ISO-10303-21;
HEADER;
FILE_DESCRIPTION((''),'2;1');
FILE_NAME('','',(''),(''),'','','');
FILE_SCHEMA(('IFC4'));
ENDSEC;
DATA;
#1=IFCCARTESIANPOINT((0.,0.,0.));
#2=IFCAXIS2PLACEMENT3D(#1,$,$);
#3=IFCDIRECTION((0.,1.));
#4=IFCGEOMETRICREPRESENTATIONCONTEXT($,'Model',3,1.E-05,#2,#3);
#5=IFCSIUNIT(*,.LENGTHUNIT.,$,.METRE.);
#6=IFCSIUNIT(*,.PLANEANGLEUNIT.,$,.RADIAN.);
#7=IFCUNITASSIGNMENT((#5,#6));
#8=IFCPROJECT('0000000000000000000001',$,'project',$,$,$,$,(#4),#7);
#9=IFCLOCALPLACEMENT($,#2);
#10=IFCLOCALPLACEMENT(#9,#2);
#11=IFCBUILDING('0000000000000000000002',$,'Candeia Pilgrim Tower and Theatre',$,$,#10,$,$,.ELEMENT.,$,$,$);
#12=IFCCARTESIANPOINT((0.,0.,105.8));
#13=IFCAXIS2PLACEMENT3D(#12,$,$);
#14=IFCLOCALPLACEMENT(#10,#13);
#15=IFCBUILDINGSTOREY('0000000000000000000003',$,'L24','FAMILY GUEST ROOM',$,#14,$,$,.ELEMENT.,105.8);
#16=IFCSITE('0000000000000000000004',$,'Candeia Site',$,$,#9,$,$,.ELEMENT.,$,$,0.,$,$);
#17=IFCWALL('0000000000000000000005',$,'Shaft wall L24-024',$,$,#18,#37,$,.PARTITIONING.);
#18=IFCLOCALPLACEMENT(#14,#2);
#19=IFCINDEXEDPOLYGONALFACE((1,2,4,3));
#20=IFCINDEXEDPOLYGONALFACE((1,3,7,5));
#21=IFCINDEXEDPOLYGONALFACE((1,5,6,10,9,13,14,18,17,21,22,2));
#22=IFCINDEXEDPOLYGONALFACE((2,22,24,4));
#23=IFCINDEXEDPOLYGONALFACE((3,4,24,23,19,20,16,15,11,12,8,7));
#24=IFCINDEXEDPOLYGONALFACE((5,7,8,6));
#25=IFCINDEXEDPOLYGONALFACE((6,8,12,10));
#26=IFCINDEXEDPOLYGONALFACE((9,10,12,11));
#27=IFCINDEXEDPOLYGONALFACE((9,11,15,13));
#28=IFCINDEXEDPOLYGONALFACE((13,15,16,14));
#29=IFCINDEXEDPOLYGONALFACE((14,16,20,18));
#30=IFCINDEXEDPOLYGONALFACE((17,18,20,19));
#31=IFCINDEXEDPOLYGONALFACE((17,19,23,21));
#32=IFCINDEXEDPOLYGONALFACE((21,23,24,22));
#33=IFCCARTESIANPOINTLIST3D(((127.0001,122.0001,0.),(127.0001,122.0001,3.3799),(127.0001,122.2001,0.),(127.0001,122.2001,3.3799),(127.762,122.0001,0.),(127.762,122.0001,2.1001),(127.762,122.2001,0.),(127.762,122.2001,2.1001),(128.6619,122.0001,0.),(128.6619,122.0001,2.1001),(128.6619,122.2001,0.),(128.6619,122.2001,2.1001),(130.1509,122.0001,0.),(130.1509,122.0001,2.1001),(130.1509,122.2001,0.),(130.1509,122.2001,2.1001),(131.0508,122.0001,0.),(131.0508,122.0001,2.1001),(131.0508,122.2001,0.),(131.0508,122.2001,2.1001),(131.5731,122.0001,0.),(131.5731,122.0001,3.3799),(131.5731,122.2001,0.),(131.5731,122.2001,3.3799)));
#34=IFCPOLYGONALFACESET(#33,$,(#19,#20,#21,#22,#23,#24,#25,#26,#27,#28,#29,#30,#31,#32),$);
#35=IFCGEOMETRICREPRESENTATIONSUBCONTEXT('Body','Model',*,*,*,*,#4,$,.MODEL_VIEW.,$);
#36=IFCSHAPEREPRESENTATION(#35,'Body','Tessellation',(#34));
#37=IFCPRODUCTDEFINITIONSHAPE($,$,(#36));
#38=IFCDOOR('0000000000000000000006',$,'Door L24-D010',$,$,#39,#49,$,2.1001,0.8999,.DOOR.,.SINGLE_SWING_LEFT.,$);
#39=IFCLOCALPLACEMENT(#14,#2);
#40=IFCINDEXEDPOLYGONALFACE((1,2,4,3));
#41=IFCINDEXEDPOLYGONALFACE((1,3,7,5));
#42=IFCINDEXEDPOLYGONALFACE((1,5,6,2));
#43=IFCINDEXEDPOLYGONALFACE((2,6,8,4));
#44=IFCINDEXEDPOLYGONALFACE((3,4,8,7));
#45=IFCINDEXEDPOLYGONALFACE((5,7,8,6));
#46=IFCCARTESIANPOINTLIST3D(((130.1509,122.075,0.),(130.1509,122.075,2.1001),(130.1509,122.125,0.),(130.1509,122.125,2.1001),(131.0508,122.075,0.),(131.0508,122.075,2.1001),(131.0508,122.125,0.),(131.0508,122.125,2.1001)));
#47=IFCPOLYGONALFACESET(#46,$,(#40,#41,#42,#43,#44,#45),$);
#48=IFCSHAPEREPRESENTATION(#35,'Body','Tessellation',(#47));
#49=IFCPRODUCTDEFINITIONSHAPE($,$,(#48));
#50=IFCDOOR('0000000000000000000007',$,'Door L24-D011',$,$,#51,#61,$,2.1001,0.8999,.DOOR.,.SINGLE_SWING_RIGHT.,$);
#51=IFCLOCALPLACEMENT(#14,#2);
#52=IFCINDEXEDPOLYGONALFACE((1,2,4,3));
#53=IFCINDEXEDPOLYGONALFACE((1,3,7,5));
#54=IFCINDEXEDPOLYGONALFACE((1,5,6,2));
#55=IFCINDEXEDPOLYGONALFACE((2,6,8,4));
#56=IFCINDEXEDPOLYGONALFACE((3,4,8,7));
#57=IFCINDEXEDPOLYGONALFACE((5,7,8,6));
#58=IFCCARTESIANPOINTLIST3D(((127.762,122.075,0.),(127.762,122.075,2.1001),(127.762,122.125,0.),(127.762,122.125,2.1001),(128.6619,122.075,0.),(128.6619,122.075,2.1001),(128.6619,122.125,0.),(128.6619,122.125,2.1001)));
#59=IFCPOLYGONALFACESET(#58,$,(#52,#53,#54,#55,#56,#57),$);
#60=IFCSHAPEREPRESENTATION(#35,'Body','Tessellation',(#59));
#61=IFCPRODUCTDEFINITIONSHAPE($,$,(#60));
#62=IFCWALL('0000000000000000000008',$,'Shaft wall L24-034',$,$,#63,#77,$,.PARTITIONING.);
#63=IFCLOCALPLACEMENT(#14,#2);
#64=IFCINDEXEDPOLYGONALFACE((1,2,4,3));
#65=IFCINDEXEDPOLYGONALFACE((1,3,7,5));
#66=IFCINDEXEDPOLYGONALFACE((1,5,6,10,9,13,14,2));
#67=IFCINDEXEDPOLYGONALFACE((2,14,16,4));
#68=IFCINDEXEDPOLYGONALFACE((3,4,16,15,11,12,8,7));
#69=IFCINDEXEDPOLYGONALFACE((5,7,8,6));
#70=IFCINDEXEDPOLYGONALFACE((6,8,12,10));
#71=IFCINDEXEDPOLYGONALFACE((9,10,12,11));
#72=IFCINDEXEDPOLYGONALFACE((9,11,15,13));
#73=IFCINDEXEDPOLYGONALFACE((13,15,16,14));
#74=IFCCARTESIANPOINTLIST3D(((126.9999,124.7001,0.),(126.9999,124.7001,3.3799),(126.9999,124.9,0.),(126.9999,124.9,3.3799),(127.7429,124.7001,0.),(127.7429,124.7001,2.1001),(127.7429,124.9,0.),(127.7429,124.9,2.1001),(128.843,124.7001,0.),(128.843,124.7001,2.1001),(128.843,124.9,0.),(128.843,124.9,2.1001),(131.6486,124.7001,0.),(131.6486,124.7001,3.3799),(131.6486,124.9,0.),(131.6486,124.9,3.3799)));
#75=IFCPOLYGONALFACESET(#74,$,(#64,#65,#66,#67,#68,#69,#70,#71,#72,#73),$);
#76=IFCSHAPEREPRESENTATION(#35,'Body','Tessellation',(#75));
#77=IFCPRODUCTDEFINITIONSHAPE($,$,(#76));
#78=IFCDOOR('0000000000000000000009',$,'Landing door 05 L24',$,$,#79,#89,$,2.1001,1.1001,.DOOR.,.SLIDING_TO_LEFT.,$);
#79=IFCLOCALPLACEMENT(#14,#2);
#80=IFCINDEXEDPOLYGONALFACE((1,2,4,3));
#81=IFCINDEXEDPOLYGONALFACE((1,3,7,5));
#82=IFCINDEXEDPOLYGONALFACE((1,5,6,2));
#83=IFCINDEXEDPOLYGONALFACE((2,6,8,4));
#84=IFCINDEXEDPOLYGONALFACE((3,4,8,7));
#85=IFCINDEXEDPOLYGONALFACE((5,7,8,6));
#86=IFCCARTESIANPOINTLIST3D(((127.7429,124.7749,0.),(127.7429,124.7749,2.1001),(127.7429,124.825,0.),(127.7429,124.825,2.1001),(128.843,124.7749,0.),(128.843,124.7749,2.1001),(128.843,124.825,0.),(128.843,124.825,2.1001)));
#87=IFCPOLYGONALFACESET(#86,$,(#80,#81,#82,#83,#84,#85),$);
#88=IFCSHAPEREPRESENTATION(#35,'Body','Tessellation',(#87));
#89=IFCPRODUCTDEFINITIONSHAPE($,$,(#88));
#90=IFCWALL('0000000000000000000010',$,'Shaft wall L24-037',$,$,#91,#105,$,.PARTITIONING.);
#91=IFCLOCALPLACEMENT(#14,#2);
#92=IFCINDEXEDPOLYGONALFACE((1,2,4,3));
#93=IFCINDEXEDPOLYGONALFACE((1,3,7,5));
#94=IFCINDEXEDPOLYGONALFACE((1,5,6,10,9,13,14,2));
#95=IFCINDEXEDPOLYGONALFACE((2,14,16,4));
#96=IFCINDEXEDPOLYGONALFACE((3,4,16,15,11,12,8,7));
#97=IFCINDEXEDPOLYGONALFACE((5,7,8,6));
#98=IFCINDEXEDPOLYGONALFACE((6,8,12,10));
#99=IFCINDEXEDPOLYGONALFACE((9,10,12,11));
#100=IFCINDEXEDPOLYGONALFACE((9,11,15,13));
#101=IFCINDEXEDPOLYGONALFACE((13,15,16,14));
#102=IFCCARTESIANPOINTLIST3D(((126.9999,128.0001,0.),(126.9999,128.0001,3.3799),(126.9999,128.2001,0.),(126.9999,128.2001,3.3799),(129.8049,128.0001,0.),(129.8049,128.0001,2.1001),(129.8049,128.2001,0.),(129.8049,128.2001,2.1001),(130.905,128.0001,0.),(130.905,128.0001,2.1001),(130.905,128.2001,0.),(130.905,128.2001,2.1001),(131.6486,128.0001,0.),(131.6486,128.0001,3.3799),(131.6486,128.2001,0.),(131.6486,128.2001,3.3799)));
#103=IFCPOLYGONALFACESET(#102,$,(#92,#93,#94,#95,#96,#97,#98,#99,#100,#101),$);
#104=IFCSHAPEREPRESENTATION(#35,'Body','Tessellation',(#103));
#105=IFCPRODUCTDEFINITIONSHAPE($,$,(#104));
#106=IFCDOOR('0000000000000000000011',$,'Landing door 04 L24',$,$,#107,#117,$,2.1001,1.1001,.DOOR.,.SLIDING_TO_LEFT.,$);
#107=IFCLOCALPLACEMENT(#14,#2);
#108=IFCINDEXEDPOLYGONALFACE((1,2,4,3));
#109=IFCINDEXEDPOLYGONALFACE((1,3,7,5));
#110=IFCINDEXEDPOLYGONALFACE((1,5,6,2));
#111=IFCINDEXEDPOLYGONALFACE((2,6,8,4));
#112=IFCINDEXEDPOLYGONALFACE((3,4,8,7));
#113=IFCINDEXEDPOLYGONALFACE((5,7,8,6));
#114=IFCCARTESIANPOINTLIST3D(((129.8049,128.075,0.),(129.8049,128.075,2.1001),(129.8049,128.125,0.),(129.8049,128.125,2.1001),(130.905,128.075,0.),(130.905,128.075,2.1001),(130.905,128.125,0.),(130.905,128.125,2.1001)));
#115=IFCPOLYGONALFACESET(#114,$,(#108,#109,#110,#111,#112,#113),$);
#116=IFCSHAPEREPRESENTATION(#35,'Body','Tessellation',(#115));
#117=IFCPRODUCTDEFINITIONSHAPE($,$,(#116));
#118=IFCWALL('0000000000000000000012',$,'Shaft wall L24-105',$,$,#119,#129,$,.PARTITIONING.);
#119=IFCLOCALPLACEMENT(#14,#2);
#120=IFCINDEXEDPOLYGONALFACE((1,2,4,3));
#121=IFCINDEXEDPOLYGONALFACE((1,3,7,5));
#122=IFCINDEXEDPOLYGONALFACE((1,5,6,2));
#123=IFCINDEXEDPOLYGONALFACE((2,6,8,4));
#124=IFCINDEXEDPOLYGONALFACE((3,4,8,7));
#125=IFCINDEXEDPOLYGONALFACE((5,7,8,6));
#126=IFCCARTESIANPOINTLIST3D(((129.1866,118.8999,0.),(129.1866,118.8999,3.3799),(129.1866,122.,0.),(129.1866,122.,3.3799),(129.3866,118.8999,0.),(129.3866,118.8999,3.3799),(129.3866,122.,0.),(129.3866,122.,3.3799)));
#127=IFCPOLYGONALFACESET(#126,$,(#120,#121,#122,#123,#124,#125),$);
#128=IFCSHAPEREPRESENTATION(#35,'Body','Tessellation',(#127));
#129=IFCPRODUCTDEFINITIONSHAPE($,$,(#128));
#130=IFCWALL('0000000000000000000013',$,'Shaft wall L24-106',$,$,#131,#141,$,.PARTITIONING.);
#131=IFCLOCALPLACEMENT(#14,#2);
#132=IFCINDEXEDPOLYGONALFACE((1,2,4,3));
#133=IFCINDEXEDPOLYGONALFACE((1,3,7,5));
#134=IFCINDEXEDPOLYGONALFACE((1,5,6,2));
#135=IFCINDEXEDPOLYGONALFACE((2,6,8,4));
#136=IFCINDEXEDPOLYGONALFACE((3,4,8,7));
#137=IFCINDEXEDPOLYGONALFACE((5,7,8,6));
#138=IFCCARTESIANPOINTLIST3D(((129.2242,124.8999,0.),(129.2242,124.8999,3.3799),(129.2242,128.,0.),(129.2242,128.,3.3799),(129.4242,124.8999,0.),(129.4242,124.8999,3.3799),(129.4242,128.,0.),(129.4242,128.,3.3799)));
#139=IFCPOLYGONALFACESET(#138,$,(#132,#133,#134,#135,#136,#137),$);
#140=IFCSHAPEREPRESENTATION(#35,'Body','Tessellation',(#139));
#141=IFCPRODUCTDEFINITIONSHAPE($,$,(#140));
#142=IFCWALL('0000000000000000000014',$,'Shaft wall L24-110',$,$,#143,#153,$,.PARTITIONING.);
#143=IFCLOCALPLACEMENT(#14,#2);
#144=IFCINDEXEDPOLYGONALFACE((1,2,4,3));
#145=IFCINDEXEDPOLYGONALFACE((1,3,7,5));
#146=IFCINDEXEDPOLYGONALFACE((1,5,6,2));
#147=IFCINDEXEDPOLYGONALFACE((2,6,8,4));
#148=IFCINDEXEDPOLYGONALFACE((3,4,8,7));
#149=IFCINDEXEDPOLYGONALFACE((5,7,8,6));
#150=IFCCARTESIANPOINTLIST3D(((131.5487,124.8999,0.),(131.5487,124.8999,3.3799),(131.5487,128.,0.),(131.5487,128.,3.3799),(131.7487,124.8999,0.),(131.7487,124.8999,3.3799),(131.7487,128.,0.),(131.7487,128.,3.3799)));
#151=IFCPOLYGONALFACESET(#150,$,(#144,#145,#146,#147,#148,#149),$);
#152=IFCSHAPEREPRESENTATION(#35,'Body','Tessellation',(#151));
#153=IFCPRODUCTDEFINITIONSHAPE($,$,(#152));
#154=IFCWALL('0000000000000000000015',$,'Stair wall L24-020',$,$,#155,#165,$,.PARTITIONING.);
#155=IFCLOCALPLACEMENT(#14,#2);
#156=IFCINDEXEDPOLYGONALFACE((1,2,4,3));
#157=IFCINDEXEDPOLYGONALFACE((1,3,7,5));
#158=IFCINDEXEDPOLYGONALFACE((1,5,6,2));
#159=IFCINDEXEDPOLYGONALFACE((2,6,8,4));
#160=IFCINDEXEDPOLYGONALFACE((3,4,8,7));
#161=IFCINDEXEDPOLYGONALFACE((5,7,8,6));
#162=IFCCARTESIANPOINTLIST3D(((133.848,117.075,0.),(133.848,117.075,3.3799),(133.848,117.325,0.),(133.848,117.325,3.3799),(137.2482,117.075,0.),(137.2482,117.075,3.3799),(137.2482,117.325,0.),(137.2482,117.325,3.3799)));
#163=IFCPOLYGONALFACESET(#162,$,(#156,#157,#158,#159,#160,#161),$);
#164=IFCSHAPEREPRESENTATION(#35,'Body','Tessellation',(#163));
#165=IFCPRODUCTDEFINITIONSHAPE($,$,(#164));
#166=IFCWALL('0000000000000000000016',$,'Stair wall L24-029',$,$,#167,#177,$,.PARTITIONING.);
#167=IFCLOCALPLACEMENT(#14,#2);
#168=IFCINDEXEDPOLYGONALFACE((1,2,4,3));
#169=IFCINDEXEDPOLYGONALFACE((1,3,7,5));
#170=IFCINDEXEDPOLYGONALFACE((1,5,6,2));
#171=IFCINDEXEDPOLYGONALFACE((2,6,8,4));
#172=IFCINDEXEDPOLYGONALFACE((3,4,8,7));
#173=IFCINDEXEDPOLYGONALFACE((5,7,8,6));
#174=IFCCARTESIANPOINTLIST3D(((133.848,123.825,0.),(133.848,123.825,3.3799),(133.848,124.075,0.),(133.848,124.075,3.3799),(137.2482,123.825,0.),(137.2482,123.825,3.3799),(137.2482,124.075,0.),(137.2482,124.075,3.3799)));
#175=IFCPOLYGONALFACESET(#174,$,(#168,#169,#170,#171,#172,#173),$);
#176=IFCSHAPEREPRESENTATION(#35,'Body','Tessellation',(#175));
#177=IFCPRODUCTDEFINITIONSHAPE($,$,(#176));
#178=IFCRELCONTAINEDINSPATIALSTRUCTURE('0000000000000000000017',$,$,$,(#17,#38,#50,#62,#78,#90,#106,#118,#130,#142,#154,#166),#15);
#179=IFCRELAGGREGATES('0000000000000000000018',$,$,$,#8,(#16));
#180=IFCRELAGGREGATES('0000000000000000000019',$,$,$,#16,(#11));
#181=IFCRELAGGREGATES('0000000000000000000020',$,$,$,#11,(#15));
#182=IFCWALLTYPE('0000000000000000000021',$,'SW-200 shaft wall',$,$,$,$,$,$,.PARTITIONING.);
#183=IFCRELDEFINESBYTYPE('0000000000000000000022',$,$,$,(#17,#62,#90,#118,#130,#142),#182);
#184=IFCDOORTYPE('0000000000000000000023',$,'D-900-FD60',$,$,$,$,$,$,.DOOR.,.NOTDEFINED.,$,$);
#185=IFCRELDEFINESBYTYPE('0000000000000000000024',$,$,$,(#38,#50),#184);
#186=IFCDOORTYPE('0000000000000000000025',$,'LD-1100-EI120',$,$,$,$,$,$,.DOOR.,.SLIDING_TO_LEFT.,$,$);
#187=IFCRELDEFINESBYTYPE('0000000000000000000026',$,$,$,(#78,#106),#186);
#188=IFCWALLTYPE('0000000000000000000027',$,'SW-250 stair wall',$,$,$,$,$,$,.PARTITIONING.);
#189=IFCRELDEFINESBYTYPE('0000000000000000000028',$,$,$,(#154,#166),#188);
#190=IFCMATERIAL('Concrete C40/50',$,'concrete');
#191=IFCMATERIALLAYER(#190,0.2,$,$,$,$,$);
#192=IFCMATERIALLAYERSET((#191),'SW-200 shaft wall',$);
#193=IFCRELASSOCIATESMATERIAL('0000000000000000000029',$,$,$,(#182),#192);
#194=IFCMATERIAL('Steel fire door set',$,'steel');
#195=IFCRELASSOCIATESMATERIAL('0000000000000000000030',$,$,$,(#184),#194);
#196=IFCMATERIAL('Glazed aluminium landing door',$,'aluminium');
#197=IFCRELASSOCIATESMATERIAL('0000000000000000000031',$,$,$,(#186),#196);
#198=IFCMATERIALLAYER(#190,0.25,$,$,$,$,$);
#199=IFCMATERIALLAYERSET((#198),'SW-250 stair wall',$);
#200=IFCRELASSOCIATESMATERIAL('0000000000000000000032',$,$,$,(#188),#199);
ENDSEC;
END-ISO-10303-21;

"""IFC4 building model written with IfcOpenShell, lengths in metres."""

from ifc_helpers import new_model, si_unit, direction, frame, frame_2d, origin, place, context, subcontext, project, spatial, rectangle, extrude, material, layer, layer_set, type_object, element, fill, save


model = new_model("IFC4")

# Units and contexts
model_context = context("Model", 3, precision=1e-05, world=origin(), true_north=direction((0.0, 1.0)))
body_context = subcontext(model_context, "Body", "Model", "MODEL_VIEW")
ifc_project = project(units=[si_unit("LENGTHUNIT", "METRE"), si_unit("PLANEANGLEUNIT", "RADIAN")], contexts=[model_context])

# Site, building, storey
site_placement = place(None, origin())
site = spatial("IfcSite", under=ifc_project, at=site_placement, Name="Candeia Site", CompositionType="ELEMENT", RefElevation=0.0)
building_placement = place(site_placement, origin())
building = spatial("IfcBuilding", under=site, at=building_placement, Name="Candeia Pilgrim Tower and Theatre", CompositionType="ELEMENT")
storey_placement = place(building_placement, frame((0.0, 0.0, 105.8)))
storey = spatial("IfcBuildingStorey", under=building, at=storey_placement, Name="L24", Description="FAMILY GUEST ROOM", CompositionType="ELEMENT", Elevation=105.8)

# Shared definitions
ifc_material_1 = material(Name="Steel fire door set", Category="steel")

# Shared definitions
ifc_material_2 = material(Name="Concrete C40/50", Category="concrete")
ifc_layer_1 = layer(ifc_material_2, 0.2)
ifc_layer_set_1 = layer_set([ifc_layer_1], Name="SW-200 shaft wall")
wall_type_1 = type_object("IfcWallType", Name="SW-200 shaft wall", PredefinedType="PARTITIONING", material=ifc_layer_set_1)

# Wall, openings, doors
wall_1_placement = place(storey_placement, frame((127.0, 122.1001, 0.0), z_axis=(0.0, 0.0, 1.0), x_axis=(1.0, 0.0, 0.0)))
wall_1 = element("IfcWall", 1, at=wall_1_placement, inside=storey, type_object=wall_type_1, Name="Shaft wall L24-024", PredefinedType="PARTITIONING", context=body_context, shape_type="SweptSolid", body=[
    extrude(rectangle(XDim=4.573, YDim=0.2, at=frame_2d((2.2866, 0.0))), origin(), (0.0, 0.0, 1.0), 3.3799),
])
opening_1_placement = place(wall_1_placement, frame((3.1509, 0.0, 0.0)))
opening_1 = element("IfcOpeningElement", 2, at=opening_1_placement, cuts=wall_1, PredefinedType="OPENING", context=body_context, shape_type="SweptSolid", body=[
    extrude(rectangle(XDim=0.8999, YDim=2.1001, at=frame_2d((0.45, 1.05))), frame((0.0, 0.1099, 0.0), z_axis=(0.0, -1.0, 0.0), x_axis=(1.0, 0.0, 0.0)), (0.0, 0.0, 1.0), 0.22),
])
opening_2_placement = place(wall_1_placement, frame((0.762, 0.0, 0.0)))
opening_2 = element("IfcOpeningElement", 3, at=opening_2_placement, cuts=wall_1, PredefinedType="OPENING", context=body_context, shape_type="SweptSolid", body=[
    extrude(rectangle(XDim=0.8999, YDim=2.1001, at=frame_2d((0.45, 1.05))), frame((0.0, 0.1099, 0.0), z_axis=(0.0, -1.0, 0.0), x_axis=(1.0, 0.0, 0.0)), (0.0, 0.0, 1.0), 0.22),
])
door_type_1 = type_object("IfcDoorType", Name="D-900-FD60", OperationType="NOTDEFINED", PredefinedType="DOOR", material=ifc_material_1)
door_1_placement = place(opening_1_placement, origin())
door_1 = element("IfcDoor", 4, at=door_1_placement, inside=storey, type_object=door_type_1, Name="Door L24-D010", OperationType="SINGLE_SWING_LEFT", OverallHeight=2.1001, OverallWidth=0.8999, PredefinedType="DOOR", context=body_context, shape_type="SweptSolid", body=[
    extrude(rectangle(XDim=0.8999, YDim=2.1001, at=frame_2d((0.45, 1.05))), frame((0.0, 0.0249, 0.0), z_axis=(0.0, -1.0, 0.0), x_axis=(1.0, 0.0, 0.0)), (0.0, 0.0, 1.0), 0.05),
])
fill(opening_1, door_1)
door_2_placement = place(opening_2_placement, origin())
door_2 = element("IfcDoor", 5, at=door_2_placement, inside=storey, type_object=door_type_1, Name="Door L24-D011", OperationType="SINGLE_SWING_RIGHT", OverallHeight=2.1001, OverallWidth=0.8999, PredefinedType="DOOR", context=body_context, shape_type="SweptSolid", body=[
    extrude(rectangle(XDim=0.8999, YDim=2.1001, at=frame_2d((0.45, 1.05))), frame((0.0, 0.0249, 0.0), z_axis=(0.0, -1.0, 0.0), x_axis=(1.0, 0.0, 0.0)), (0.0, 0.0, 1.0), 0.05),
])
fill(opening_2, door_2)

# Walls, openings, doors
wall_2_placement = place(storey_placement, frame((127.0, 124.8, 0.0), z_axis=(0.0, 0.0, 1.0), x_axis=(1.0, 0.0, 0.0)))
wall_2 = element("IfcWall", 6, at=wall_2_placement, inside=storey, type_object=wall_type_1, Name="Shaft wall L24-034", PredefinedType="PARTITIONING", context=body_context, shape_type="SweptSolid", body=[
    extrude(rectangle(XDim=4.6487, YDim=0.2, at=frame_2d((2.3242, 0.0))), origin(), (0.0, 0.0, 1.0), 3.3799),
])
opening_3_placement = place(wall_2_placement, frame((0.7429, 0.0, 0.0)))
opening_3 = element("IfcOpeningElement", 7, at=opening_3_placement, cuts=wall_2, PredefinedType="OPENING", context=body_context, shape_type="SweptSolid", body=[
    extrude(rectangle(XDim=1.1001, YDim=2.1001, at=frame_2d((0.55, 1.05))), frame((0.0, 0.1099, 0.0), z_axis=(0.0, -1.0, 0.0), x_axis=(1.0, 0.0, 0.0)), (0.0, 0.0, 1.0), 0.22),
])
ifc_material_3 = material(Name="Glazed aluminium landing door", Category="aluminium")
door_type_2 = type_object("IfcDoorType", Name="LD-1100-EI120", OperationType="SLIDING_TO_LEFT", PredefinedType="DOOR", material=ifc_material_3)
door_3_placement = place(opening_3_placement, origin())
door_3 = element("IfcDoor", 8, at=door_3_placement, inside=storey, type_object=door_type_2, Name="Landing door 05 L24", OperationType="SLIDING_TO_LEFT", OverallHeight=2.1001, OverallWidth=1.1001, PredefinedType="DOOR", context=body_context, shape_type="SweptSolid", body=[
    extrude(rectangle(XDim=1.1001, YDim=2.1001, at=frame_2d((0.55, 1.05))), frame((0.0, 0.0249, 0.0), z_axis=(0.0, -1.0, 0.0), x_axis=(1.0, 0.0, 0.0)), (0.0, 0.0, 1.0), 0.05),
])
fill(opening_3, door_3)
wall_3_placement = place(storey_placement, frame((127.0, 128.1001, 0.0), z_axis=(0.0, 0.0, 1.0), x_axis=(1.0, 0.0, 0.0)))
wall_3 = element("IfcWall", 9, at=wall_3_placement, inside=storey, type_object=wall_type_1, Name="Shaft wall L24-037", PredefinedType="PARTITIONING", context=body_context, shape_type="SweptSolid", body=[
    extrude(rectangle(XDim=4.6487, YDim=0.2, at=frame_2d((2.3242, 0.0))), origin(), (0.0, 0.0, 1.0), 3.3799),
])
opening_4_placement = place(wall_3_placement, frame((2.8049, 0.0, 0.0)))
opening_4 = element("IfcOpeningElement", 10, at=opening_4_placement, cuts=wall_3, PredefinedType="OPENING", context=body_context, shape_type="SweptSolid", body=[
    extrude(rectangle(XDim=1.1001, YDim=2.1001, at=frame_2d((0.55, 1.05))), frame((0.0, 0.1099, 0.0), z_axis=(0.0, -1.0, 0.0), x_axis=(1.0, 0.0, 0.0)), (0.0, 0.0, 1.0), 0.22),
])
door_4_placement = place(opening_4_placement, origin())
door_4 = element("IfcDoor", 11, at=door_4_placement, inside=storey, type_object=door_type_2, Name="Landing door 04 L24", OperationType="SLIDING_TO_LEFT", OverallHeight=2.1001, OverallWidth=1.1001, PredefinedType="DOOR", context=body_context, shape_type="SweptSolid", body=[
    extrude(rectangle(XDim=1.1001, YDim=2.1001, at=frame_2d((0.55, 1.05))), frame((0.0, 0.0249, 0.0), z_axis=(0.0, -1.0, 0.0), x_axis=(1.0, 0.0, 0.0)), (0.0, 0.0, 1.0), 0.05),
])
fill(opening_4, door_4)

# Walls
for number, where, z_axis, x_axis, name in (
    (12, (129.2866, 118.8999, 0.0), (0.0, 0.0, 1.0), (0.0, 1.0, 0.0), "Shaft wall L24-105"),
    (13, (129.3242, 124.8999, 0.0), (0.0, 0.0, 1.0), (0.0, 1.0, 0.0), "Shaft wall L24-106"),
    (14, (131.6487, 124.8999, 0.0), (0.0, 0.0, 1.0), (0.0, 1.0, 0.0), "Shaft wall L24-110"),
):
    element("IfcWall", number, at=place(storey_placement, frame(where, z_axis=z_axis, x_axis=x_axis)), inside=storey, type_object=wall_type_1, Name=name, PredefinedType="PARTITIONING", context=body_context, shape_type="SweptSolid", body=[
        extrude(rectangle(XDim=3.1001, YDim=0.2, at=frame_2d((1.55, 0.0))), origin(), (0.0, 0.0, 1.0), 3.3799),
    ])
ifc_layer_2 = layer(ifc_material_2, 0.25)
ifc_layer_set_2 = layer_set([ifc_layer_2], Name="SW-250 stair wall")
wall_type_2 = type_object("IfcWallType", Name="SW-250 stair wall", PredefinedType="PARTITIONING", material=ifc_layer_set_2)
for number, where, z_axis, x_axis, name in (
    (15, (133.8479, 117.2, 0.0), (0.0, 0.0, 1.0), (1.0, 0.0, 0.0), "Stair wall L24-020"),
    (16, (133.8479, 123.95, 0.0), (0.0, 0.0, 1.0), (1.0, 0.0, 0.0), "Stair wall L24-029"),
):
    element("IfcWall", number, at=place(storey_placement, frame(where, z_axis=z_axis, x_axis=x_axis)), inside=storey, type_object=wall_type_2, Name=name, PredefinedType="PARTITIONING", context=body_context, shape_type="SweptSolid", body=[
        extrude(rectangle(XDim=3.4001, YDim=0.25, at=frame_2d((1.7002, 0.0))), origin(), (0.0, 0.0, 1.0), 3.3799),
    ])

save(model, "model.ifc")
